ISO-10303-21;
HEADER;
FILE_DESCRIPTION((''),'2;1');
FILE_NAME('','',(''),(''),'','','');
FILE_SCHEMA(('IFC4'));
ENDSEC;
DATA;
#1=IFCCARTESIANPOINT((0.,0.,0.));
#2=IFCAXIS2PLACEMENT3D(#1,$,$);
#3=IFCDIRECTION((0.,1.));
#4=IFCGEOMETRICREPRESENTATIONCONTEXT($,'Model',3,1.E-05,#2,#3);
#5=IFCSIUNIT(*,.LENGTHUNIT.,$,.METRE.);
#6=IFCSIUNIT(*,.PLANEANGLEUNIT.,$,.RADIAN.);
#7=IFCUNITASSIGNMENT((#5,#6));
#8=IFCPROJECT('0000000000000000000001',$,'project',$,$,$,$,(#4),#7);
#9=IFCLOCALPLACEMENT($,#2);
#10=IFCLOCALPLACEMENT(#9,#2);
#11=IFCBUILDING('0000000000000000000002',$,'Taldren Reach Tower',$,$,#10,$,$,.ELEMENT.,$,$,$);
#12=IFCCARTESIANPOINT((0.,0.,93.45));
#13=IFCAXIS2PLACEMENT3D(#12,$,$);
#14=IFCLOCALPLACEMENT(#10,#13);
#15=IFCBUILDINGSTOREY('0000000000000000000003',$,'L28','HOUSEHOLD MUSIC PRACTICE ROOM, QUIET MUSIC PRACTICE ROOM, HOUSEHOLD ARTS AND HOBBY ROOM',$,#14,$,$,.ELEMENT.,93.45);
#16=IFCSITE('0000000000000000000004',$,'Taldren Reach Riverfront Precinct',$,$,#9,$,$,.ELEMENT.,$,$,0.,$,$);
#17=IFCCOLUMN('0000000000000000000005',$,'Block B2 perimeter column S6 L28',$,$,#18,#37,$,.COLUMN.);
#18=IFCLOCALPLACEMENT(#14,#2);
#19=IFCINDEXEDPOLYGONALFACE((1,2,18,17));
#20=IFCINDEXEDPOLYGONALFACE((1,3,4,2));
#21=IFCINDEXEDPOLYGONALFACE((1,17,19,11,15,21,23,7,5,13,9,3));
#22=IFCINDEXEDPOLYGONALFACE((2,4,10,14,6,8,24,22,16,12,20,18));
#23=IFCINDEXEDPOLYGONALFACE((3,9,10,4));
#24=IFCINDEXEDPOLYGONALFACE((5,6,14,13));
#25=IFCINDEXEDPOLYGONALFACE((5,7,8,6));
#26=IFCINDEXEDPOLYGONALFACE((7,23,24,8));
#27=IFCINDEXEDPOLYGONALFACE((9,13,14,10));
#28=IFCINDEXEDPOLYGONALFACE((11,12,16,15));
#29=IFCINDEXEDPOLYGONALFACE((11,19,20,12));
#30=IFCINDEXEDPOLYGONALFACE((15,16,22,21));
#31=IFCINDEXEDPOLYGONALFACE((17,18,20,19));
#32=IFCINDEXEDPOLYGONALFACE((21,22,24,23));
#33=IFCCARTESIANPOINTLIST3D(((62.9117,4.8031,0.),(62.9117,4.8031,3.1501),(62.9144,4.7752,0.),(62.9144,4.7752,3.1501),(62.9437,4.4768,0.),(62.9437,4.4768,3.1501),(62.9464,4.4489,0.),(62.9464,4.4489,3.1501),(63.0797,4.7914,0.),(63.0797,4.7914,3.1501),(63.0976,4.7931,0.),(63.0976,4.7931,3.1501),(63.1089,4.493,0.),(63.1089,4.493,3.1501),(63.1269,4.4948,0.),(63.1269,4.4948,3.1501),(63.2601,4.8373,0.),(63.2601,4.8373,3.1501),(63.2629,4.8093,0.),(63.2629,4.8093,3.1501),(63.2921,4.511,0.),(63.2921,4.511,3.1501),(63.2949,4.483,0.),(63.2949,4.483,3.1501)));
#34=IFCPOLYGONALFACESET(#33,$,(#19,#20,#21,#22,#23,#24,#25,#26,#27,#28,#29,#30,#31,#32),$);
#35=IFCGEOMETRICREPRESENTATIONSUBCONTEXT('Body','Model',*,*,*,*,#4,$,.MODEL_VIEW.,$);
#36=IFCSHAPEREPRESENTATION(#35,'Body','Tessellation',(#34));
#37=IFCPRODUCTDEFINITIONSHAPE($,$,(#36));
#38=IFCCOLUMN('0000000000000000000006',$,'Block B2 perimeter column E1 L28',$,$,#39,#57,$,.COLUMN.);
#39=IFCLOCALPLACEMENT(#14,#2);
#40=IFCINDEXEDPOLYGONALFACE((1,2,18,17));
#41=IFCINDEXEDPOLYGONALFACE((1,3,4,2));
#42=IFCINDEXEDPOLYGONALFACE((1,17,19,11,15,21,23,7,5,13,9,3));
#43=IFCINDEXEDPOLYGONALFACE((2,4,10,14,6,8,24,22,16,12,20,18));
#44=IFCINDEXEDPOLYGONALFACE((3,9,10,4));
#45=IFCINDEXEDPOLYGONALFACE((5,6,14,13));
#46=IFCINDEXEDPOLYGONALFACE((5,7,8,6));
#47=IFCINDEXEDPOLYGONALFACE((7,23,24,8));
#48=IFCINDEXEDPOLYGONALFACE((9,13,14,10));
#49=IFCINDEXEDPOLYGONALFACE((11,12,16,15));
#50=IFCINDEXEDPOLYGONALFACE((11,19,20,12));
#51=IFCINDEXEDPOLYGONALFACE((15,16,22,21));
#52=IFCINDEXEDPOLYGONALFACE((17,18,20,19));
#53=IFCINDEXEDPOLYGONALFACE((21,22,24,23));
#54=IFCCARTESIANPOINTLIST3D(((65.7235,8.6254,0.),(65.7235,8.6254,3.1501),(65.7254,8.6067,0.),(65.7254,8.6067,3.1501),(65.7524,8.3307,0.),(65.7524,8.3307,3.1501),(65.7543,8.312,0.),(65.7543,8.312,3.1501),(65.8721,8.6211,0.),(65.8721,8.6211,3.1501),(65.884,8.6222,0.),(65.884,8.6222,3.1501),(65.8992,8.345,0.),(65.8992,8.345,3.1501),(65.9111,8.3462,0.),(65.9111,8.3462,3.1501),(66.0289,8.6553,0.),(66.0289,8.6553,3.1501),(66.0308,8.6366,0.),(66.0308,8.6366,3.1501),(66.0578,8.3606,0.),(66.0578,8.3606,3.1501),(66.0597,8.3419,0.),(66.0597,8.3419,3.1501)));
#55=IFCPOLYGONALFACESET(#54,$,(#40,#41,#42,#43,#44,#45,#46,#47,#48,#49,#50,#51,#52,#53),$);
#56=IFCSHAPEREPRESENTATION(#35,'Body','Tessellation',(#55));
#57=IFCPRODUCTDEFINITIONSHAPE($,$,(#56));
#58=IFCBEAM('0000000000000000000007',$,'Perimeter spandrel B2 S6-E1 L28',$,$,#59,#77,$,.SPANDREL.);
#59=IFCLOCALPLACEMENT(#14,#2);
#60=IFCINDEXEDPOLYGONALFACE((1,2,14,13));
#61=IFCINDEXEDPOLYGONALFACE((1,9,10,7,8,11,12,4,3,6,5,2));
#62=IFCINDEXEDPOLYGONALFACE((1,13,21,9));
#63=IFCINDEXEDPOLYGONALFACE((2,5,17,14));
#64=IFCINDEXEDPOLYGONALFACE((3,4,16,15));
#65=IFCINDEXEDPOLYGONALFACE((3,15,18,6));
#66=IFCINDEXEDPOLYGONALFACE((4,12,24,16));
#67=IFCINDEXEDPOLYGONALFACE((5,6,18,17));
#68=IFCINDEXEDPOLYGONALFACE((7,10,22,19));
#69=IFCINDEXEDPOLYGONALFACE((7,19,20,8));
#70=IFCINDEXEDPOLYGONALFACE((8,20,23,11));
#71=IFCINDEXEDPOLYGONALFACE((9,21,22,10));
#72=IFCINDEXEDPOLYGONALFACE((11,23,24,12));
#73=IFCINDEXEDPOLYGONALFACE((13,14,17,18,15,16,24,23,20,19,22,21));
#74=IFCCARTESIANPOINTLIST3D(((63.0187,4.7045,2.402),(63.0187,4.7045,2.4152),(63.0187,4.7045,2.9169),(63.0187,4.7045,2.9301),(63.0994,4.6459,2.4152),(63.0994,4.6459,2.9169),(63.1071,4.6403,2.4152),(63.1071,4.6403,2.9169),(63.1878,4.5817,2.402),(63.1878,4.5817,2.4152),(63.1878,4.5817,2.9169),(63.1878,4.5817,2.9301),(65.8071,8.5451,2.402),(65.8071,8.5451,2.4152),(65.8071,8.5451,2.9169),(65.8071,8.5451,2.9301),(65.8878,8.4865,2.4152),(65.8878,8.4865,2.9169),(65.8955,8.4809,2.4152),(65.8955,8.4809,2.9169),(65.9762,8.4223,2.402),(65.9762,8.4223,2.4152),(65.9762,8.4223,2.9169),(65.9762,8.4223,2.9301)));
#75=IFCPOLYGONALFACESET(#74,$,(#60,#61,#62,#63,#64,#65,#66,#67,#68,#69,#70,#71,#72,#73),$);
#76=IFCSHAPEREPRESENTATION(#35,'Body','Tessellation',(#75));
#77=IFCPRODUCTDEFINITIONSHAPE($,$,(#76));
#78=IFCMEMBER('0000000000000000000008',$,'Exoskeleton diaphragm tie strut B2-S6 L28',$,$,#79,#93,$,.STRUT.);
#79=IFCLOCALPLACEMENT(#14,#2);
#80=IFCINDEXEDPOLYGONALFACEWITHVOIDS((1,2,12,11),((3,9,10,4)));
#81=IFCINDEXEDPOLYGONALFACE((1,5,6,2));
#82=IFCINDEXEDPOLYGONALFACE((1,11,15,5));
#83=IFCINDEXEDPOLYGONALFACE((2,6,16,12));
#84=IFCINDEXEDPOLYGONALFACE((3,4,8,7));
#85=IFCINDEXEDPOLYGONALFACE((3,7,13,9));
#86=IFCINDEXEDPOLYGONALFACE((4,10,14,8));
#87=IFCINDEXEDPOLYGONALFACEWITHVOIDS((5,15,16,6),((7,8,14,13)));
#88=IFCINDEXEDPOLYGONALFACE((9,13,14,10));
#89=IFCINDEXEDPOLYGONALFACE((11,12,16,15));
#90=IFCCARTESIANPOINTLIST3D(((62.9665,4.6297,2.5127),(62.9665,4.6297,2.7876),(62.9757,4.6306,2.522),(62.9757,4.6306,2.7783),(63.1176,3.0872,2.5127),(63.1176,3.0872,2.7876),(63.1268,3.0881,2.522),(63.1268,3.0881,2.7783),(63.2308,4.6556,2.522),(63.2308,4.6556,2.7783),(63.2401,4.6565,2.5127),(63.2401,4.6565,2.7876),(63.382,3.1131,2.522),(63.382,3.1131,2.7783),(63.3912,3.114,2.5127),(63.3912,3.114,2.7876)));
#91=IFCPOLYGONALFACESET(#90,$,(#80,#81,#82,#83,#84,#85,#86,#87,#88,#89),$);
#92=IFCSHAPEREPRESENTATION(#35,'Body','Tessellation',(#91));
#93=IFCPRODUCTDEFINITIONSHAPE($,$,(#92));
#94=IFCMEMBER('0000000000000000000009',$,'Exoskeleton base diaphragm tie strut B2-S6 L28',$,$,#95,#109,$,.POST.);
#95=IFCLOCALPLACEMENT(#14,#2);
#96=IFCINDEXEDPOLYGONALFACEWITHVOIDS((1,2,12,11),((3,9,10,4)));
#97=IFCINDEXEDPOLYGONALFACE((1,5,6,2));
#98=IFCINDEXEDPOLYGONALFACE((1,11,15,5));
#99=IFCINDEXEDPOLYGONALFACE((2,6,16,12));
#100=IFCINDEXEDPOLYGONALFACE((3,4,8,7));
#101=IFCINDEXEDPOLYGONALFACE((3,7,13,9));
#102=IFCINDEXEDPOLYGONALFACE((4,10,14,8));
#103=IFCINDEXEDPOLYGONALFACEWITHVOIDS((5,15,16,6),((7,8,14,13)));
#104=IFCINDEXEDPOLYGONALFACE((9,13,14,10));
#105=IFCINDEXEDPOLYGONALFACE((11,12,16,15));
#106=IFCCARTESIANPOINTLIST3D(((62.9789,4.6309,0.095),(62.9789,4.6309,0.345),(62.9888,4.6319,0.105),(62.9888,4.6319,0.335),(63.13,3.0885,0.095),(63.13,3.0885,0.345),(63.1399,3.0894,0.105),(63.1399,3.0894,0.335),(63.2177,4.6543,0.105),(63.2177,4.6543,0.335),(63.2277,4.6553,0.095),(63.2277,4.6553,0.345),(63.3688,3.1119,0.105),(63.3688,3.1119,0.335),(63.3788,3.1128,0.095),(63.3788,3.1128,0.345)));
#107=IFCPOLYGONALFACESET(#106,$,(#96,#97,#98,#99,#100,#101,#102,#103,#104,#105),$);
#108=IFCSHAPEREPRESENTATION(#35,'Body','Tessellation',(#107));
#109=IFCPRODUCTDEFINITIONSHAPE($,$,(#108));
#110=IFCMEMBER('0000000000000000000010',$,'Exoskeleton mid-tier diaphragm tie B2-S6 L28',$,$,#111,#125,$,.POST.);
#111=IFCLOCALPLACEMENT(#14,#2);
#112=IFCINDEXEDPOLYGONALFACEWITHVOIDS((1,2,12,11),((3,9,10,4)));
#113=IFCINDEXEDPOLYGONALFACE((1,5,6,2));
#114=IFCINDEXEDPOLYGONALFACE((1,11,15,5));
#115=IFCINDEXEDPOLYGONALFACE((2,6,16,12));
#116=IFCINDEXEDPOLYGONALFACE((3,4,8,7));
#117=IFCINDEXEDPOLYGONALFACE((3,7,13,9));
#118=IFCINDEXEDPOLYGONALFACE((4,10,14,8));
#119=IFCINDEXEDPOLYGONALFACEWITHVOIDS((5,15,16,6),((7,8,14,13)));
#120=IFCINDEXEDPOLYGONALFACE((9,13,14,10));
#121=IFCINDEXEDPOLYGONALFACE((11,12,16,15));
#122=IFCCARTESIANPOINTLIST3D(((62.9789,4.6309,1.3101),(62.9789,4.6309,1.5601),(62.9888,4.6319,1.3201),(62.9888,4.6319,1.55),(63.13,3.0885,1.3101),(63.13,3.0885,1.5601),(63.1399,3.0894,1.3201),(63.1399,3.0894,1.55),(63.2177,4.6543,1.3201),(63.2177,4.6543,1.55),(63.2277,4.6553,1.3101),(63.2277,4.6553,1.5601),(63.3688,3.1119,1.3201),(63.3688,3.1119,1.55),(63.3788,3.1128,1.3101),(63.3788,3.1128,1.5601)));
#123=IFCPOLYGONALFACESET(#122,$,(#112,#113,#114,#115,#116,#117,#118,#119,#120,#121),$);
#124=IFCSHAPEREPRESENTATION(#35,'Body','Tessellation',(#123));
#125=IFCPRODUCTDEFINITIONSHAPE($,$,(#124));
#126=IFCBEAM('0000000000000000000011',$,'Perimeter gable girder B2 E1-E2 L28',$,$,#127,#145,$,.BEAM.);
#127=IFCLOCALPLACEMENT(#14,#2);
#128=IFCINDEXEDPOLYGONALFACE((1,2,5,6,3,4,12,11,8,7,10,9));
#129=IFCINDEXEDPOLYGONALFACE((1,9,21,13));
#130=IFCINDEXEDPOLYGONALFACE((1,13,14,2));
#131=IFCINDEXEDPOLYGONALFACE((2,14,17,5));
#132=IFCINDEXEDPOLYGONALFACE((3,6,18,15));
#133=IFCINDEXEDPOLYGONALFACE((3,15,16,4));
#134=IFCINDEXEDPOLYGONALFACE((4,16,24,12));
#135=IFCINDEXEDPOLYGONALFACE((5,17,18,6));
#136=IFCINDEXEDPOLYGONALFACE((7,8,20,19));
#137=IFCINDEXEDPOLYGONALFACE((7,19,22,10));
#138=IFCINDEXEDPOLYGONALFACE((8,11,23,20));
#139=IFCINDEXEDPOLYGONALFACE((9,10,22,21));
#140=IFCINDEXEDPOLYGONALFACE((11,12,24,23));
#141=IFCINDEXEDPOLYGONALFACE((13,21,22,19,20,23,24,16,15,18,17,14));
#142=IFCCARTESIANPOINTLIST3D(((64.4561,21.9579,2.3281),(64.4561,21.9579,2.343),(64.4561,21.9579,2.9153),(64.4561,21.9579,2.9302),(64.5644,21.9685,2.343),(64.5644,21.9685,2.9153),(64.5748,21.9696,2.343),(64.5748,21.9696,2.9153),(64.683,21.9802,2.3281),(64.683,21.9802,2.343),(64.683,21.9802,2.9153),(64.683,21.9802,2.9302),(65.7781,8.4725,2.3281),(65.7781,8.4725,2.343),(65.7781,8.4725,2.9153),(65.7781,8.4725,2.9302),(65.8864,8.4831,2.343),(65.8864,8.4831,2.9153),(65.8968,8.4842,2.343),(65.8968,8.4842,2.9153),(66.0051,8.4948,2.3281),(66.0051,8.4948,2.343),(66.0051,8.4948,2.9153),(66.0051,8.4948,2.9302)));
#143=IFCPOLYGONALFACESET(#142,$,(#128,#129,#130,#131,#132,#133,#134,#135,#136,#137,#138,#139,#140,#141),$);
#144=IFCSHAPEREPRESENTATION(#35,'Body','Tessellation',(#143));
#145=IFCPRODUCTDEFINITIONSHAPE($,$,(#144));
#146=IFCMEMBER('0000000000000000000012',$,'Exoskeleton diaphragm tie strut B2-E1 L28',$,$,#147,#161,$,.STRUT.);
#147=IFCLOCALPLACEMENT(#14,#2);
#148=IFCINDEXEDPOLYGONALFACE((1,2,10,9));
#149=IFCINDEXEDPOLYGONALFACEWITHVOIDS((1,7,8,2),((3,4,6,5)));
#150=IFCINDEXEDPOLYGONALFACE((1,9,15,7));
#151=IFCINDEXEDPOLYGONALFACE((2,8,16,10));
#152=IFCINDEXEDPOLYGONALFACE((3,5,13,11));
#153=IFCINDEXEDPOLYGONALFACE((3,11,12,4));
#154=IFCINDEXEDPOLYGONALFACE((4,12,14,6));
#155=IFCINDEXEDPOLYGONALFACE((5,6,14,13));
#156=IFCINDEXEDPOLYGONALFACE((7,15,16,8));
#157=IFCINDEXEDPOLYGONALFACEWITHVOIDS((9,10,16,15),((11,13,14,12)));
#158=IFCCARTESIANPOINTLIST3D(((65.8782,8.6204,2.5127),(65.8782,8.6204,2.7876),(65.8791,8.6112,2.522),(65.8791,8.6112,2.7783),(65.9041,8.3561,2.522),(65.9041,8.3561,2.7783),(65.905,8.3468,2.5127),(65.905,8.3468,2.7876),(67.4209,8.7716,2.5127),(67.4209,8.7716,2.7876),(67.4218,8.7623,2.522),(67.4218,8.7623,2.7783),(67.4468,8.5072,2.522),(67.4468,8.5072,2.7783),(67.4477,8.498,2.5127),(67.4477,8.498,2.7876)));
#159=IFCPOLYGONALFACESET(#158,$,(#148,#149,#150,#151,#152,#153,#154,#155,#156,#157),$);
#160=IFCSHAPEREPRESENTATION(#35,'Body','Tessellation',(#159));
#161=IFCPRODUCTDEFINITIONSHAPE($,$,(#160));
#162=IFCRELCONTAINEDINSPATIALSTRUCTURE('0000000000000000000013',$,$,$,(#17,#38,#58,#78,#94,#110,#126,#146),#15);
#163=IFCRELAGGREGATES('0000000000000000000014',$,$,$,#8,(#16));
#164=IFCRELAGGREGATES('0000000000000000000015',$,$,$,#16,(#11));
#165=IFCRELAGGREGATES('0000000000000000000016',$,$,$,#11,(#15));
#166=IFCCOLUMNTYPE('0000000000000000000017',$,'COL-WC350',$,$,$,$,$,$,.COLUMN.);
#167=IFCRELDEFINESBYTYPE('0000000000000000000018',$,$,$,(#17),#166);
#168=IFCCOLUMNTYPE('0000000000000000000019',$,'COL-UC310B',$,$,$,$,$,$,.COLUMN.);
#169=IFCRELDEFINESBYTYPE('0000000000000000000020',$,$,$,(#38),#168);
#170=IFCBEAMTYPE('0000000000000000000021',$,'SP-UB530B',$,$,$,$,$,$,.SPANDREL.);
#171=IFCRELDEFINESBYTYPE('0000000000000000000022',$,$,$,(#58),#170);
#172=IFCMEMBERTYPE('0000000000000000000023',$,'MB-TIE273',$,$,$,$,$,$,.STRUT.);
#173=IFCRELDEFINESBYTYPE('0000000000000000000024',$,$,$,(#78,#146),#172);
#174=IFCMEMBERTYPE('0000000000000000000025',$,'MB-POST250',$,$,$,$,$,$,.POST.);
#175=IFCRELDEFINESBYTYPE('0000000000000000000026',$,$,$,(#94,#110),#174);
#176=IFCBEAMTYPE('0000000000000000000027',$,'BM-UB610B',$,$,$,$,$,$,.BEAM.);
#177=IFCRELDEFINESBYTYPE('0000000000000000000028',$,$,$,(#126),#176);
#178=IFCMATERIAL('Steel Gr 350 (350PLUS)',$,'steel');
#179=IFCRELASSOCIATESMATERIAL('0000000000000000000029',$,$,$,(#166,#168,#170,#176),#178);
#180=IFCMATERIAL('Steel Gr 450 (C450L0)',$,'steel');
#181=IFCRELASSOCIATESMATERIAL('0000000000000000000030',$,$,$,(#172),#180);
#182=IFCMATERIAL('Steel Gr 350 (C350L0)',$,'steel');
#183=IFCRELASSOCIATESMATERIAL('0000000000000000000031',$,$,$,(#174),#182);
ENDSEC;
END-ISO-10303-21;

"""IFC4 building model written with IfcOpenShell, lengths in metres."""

from ifc_helpers import new_model, si_unit, direction, frame, origin, origin_2d, place, context, subcontext, project, spatial, hollow_rectangle, i_section, extrude, source, transform, mapped, material, material_profile, profile_set, type_object, element, save


model = new_model("IFC4")

# Units and contexts
model_context = context("Model", 3, precision=1e-05, world=origin(), true_north=direction((0.0, 1.0)))
body_context = subcontext(model_context, "Body", "Model", "MODEL_VIEW")
ifc_project = project(units=[si_unit("LENGTHUNIT", "METRE"), si_unit("PLANEANGLEUNIT", "RADIAN")], contexts=[model_context])

# Site, building, storey
site_placement = place(None, origin())
site = spatial("IfcSite", under=ifc_project, at=site_placement, Name="Taldren Reach Riverfront Precinct", CompositionType="ELEMENT", RefElevation=0.0)
building_placement = place(site_placement, origin())
building = spatial("IfcBuilding", under=site, at=building_placement, Name="Taldren Reach Tower", CompositionType="ELEMENT")
storey_placement = place(building_placement, frame((0.0, 0.0, 93.45)))
storey = spatial("IfcBuildingStorey", under=building, at=storey_placement, Name="L28", Description="HOUSEHOLD MUSIC PRACTICE ROOM, QUIET MUSIC PRACTICE ROOM, HOUSEHOLD ARTS AND HOBBY ROOM", CompositionType="ELEMENT", Elevation=93.45)

# Columns
ifc_material_1 = material(Name="Steel Gr 350 (350PLUS)", Category="steel")
ifc_material_profile_1 = material_profile(ifc_material_1, i_section(OverallWidth=0.3501, OverallDepth=0.356, WebThickness=0.0181, FlangeThickness=0.0281, at=origin_2d()), Name="350WC197")
ifc_profile_set_1 = profile_set([ifc_material_profile_1], Name="Steel Gr 350 (350PLUS)")
column_type_1 = type_object("IfcColumnType", Name="COL-WC350", PredefinedType="COLUMN", material=ifc_profile_set_1)
shared_shape_1 = source(origin(), body_context, "Body", "SweptSolid", [
    extrude(i_section(OverallWidth=0.3501, OverallDepth=0.356, WebThickness=0.0181, FlangeThickness=0.0281, at=origin_2d()), origin(), (0.0, 0.0, 1.0), 3.1501),
])
column_1_placement = place(storey_placement, frame((63.1033, 4.6431, 0.0), z_axis=(0.0, 0.0, 1.0), x_axis=(0.995227, 0.097583, 0.0)))
element("IfcColumn", 1, at=column_1_placement, inside=storey, type_object=column_type_1, Name="Block B2 perimeter column S6 L28", PredefinedType="COLUMN", context=body_context, shape_type="MappedRepresentation", body=[
    mapped(shared_shape_1, transform((0.0, 0.0, 0.0), scale=1.0)),
])
ifc_material_profile_2 = material_profile(ifc_material_1, i_section(OverallWidth=0.3069, OverallDepth=0.3149, WebThickness=0.012, FlangeThickness=0.0188, at=origin_2d()), Name="310UC118")
ifc_profile_set_2 = profile_set([ifc_material_profile_2], Name="Steel Gr 350 (350PLUS)")
column_type_2 = type_object("IfcColumnType", Name="COL-UC310B", PredefinedType="COLUMN", material=ifc_profile_set_2)
shared_shape_2 = source(origin(), body_context, "Body", "SweptSolid", [
    extrude(i_section(OverallWidth=0.3069, OverallDepth=0.3149, WebThickness=0.012, FlangeThickness=0.0188, at=origin_2d()), origin(), (0.0, 0.0, 1.0), 3.1501),
])
column_2_placement = place(storey_placement, frame((65.8916, 8.4836, 0.0), z_axis=(0.0, 0.0, 1.0), x_axis=(0.995227, 0.097583, 0.0)))
element("IfcColumn", 2, at=column_2_placement, inside=storey, type_object=column_type_2, Name="Block B2 perimeter column E1 L28", PredefinedType="COLUMN", context=body_context, shape_type="MappedRepresentation", body=[
    mapped(shared_shape_2, transform((0.0, 0.0, 0.0), scale=1.0)),
])

# Beam
ifc_material_profile_3 = material_profile(ifc_material_1, i_section(OverallWidth=0.209, OverallDepth=0.5281, WebThickness=0.0095, FlangeThickness=0.0132, at=origin_2d()), Name="530UB82.0")
ifc_profile_set_3 = profile_set([ifc_material_profile_3], Name="Steel Gr 350 (350PLUS)")
beam_type_1 = type_object("IfcBeamType", Name="SP-UB530B", PredefinedType="SPANDREL", material=ifc_profile_set_3)
shared_shape_3 = source(origin(), body_context, "Body", "SweptSolid", [
    extrude(i_section(OverallWidth=0.209, OverallDepth=0.5281, WebThickness=0.0095, FlangeThickness=0.0132, at=origin_2d()), origin(), (0.0, 0.0, 1.0), 4.7461),
])
beam_1_placement = place(storey_placement, frame((63.1033, 4.6431, 2.666), z_axis=(0.587508, 0.809219, 0.0), x_axis=(-0.809219, 0.587508, 0.0)))
element("IfcBeam", 3, at=beam_1_placement, inside=storey, type_object=beam_type_1, Name="Perimeter spandrel B2 S6-E1 L28", PredefinedType="SPANDREL", context=body_context, shape_type="MappedRepresentation", body=[
    mapped(shared_shape_3, transform((0.0, 0.0, 0.0), scale=1.0)),
])

# Members
ifc_material_2 = material(Name="Steel Gr 450 (C450L0)", Category="steel")
ifc_material_profile_4 = material_profile(ifc_material_2, hollow_rectangle(XDim=0.2749, YDim=0.2749, WallThickness=0.0093, at=origin_2d()), Name="275x275x9.3SHS")
ifc_profile_set_4 = profile_set([ifc_material_profile_4], Name="Steel Gr 450 (C450L0)")
member_type_1 = type_object("IfcMemberType", Name="MB-TIE273", PredefinedType="STRUT", material=ifc_profile_set_4)
shared_shape_4 = source(origin(), body_context, "Body", "SweptSolid", [
    extrude(hollow_rectangle(XDim=0.2749, YDim=0.2749, WallThickness=0.0093, at=origin_2d()), origin(), (0.0, 0.0, 1.0), 1.5498),
])
member_1_placement = place(storey_placement, frame((63.1033, 4.6431, 2.6501), z_axis=(0.097507, -0.995235, 0.0), x_axis=(0.995235, 0.097507, 0.0)))
element("IfcMember", 4, at=member_1_placement, inside=storey, type_object=member_type_1, Name="Exoskeleton diaphragm tie strut B2-S6 L28", PredefinedType="STRUT", context=body_context, shape_type="MappedRepresentation", body=[
    mapped(shared_shape_4, transform((0.0, 0.0, 0.0), scale=1.0)),
])
ifc_material_3 = material(Name="Steel Gr 350 (C350L0)", Category="steel")
ifc_material_profile_5 = material_profile(ifc_material_3, hollow_rectangle(XDim=0.25, YDim=0.25, WallThickness=0.01, at=origin_2d()), Name="250x250x10.0SHS")
ifc_profile_set_5 = profile_set([ifc_material_profile_5], Name="Steel Gr 350 (C350L0)")
member_type_2 = type_object("IfcMemberType", Name="MB-POST250", PredefinedType="POST", material=ifc_profile_set_5)
shared_shape_5 = source(origin(), body_context, "Body", "SweptSolid", [
    extrude(hollow_rectangle(XDim=0.25, YDim=0.25, WallThickness=0.01, at=origin_2d()), origin(), (0.0, 0.0, 1.0), 1.5498),
])
for number, where, z_axis, x_axis, name in (
    (5, (63.1033, 4.6431, 0.22), (0.097507, -0.995235, 0.0), (0.995235, 0.097507, 0.0), "Exoskeleton base diaphragm tie strut B2-S6 L28"),
    (6, (63.1033, 4.6431, 1.4351), (0.097507, -0.995235, 0.0), (0.995235, 0.097507, 0.0), "Exoskeleton mid-tier diaphragm tie B2-S6 L28"),
):
    element("IfcMember", number, at=place(storey_placement, frame(where, z_axis=z_axis, x_axis=x_axis)), inside=storey, type_object=member_type_2, Name=name, PredefinedType="POST", context=body_context, shape_type="MappedRepresentation", body=[
        mapped(shared_shape_5, transform((0.0, 0.0, 0.0), scale=1.0)),
    ])

# Beam
ifc_material_profile_6 = material_profile(ifc_material_1, i_section(OverallWidth=0.228, OverallDepth=0.6021, WebThickness=0.0105, FlangeThickness=0.0149, at=origin_2d()), Name="610UB101")
ifc_profile_set_6 = profile_set([ifc_material_profile_6], Name="Steel Gr 350 (350PLUS)")
beam_type_2 = type_object("IfcBeamType", Name="BM-UB610B", PredefinedType="BEAM", material=ifc_profile_set_6)
shared_shape_6 = source(origin(), body_context, "Body", "SweptSolid", [
    extrude(i_section(OverallWidth=0.228, OverallDepth=0.6021, WebThickness=0.0105, FlangeThickness=0.0149, at=origin_2d()), origin(), (0.0, 0.0, 1.0), 13.55),
])
beam_2_placement = place(storey_placement, frame((65.8916, 8.4836, 2.6292), z_axis=(-0.097566, 0.995229, 0.0), x_axis=(-0.995229, -0.097566, 0.0)))
element("IfcBeam", 7, at=beam_2_placement, inside=storey, type_object=beam_type_2, Name="Perimeter gable girder B2 E1-E2 L28", PredefinedType="BEAM", context=body_context, shape_type="MappedRepresentation", body=[
    mapped(shared_shape_6, transform((0.0, 0.0, 0.0), scale=1.0)),
])

# Member
shared_shape_7 = source(origin(), body_context, "Body", "SweptSolid", [
    extrude(hollow_rectangle(XDim=0.2749, YDim=0.2749, WallThickness=0.0093, at=origin_2d()), origin(), (0.0, 0.0, 1.0), 1.55),
])
member_2_placement = place(storey_placement, frame((65.8916, 8.4836, 2.6501), z_axis=(0.995236, 0.097492, 0.0), x_axis=(-0.097492, 0.995236, 0.0)))
element("IfcMember", 8, at=member_2_placement, inside=storey, type_object=member_type_1, Name="Exoskeleton diaphragm tie strut B2-E1 L28", PredefinedType="STRUT", context=body_context, shape_type="MappedRepresentation", body=[
    mapped(shared_shape_7, transform((0.0, 0.0, 0.0), scale=1.0)),
])

save(model, "model.ifc")
